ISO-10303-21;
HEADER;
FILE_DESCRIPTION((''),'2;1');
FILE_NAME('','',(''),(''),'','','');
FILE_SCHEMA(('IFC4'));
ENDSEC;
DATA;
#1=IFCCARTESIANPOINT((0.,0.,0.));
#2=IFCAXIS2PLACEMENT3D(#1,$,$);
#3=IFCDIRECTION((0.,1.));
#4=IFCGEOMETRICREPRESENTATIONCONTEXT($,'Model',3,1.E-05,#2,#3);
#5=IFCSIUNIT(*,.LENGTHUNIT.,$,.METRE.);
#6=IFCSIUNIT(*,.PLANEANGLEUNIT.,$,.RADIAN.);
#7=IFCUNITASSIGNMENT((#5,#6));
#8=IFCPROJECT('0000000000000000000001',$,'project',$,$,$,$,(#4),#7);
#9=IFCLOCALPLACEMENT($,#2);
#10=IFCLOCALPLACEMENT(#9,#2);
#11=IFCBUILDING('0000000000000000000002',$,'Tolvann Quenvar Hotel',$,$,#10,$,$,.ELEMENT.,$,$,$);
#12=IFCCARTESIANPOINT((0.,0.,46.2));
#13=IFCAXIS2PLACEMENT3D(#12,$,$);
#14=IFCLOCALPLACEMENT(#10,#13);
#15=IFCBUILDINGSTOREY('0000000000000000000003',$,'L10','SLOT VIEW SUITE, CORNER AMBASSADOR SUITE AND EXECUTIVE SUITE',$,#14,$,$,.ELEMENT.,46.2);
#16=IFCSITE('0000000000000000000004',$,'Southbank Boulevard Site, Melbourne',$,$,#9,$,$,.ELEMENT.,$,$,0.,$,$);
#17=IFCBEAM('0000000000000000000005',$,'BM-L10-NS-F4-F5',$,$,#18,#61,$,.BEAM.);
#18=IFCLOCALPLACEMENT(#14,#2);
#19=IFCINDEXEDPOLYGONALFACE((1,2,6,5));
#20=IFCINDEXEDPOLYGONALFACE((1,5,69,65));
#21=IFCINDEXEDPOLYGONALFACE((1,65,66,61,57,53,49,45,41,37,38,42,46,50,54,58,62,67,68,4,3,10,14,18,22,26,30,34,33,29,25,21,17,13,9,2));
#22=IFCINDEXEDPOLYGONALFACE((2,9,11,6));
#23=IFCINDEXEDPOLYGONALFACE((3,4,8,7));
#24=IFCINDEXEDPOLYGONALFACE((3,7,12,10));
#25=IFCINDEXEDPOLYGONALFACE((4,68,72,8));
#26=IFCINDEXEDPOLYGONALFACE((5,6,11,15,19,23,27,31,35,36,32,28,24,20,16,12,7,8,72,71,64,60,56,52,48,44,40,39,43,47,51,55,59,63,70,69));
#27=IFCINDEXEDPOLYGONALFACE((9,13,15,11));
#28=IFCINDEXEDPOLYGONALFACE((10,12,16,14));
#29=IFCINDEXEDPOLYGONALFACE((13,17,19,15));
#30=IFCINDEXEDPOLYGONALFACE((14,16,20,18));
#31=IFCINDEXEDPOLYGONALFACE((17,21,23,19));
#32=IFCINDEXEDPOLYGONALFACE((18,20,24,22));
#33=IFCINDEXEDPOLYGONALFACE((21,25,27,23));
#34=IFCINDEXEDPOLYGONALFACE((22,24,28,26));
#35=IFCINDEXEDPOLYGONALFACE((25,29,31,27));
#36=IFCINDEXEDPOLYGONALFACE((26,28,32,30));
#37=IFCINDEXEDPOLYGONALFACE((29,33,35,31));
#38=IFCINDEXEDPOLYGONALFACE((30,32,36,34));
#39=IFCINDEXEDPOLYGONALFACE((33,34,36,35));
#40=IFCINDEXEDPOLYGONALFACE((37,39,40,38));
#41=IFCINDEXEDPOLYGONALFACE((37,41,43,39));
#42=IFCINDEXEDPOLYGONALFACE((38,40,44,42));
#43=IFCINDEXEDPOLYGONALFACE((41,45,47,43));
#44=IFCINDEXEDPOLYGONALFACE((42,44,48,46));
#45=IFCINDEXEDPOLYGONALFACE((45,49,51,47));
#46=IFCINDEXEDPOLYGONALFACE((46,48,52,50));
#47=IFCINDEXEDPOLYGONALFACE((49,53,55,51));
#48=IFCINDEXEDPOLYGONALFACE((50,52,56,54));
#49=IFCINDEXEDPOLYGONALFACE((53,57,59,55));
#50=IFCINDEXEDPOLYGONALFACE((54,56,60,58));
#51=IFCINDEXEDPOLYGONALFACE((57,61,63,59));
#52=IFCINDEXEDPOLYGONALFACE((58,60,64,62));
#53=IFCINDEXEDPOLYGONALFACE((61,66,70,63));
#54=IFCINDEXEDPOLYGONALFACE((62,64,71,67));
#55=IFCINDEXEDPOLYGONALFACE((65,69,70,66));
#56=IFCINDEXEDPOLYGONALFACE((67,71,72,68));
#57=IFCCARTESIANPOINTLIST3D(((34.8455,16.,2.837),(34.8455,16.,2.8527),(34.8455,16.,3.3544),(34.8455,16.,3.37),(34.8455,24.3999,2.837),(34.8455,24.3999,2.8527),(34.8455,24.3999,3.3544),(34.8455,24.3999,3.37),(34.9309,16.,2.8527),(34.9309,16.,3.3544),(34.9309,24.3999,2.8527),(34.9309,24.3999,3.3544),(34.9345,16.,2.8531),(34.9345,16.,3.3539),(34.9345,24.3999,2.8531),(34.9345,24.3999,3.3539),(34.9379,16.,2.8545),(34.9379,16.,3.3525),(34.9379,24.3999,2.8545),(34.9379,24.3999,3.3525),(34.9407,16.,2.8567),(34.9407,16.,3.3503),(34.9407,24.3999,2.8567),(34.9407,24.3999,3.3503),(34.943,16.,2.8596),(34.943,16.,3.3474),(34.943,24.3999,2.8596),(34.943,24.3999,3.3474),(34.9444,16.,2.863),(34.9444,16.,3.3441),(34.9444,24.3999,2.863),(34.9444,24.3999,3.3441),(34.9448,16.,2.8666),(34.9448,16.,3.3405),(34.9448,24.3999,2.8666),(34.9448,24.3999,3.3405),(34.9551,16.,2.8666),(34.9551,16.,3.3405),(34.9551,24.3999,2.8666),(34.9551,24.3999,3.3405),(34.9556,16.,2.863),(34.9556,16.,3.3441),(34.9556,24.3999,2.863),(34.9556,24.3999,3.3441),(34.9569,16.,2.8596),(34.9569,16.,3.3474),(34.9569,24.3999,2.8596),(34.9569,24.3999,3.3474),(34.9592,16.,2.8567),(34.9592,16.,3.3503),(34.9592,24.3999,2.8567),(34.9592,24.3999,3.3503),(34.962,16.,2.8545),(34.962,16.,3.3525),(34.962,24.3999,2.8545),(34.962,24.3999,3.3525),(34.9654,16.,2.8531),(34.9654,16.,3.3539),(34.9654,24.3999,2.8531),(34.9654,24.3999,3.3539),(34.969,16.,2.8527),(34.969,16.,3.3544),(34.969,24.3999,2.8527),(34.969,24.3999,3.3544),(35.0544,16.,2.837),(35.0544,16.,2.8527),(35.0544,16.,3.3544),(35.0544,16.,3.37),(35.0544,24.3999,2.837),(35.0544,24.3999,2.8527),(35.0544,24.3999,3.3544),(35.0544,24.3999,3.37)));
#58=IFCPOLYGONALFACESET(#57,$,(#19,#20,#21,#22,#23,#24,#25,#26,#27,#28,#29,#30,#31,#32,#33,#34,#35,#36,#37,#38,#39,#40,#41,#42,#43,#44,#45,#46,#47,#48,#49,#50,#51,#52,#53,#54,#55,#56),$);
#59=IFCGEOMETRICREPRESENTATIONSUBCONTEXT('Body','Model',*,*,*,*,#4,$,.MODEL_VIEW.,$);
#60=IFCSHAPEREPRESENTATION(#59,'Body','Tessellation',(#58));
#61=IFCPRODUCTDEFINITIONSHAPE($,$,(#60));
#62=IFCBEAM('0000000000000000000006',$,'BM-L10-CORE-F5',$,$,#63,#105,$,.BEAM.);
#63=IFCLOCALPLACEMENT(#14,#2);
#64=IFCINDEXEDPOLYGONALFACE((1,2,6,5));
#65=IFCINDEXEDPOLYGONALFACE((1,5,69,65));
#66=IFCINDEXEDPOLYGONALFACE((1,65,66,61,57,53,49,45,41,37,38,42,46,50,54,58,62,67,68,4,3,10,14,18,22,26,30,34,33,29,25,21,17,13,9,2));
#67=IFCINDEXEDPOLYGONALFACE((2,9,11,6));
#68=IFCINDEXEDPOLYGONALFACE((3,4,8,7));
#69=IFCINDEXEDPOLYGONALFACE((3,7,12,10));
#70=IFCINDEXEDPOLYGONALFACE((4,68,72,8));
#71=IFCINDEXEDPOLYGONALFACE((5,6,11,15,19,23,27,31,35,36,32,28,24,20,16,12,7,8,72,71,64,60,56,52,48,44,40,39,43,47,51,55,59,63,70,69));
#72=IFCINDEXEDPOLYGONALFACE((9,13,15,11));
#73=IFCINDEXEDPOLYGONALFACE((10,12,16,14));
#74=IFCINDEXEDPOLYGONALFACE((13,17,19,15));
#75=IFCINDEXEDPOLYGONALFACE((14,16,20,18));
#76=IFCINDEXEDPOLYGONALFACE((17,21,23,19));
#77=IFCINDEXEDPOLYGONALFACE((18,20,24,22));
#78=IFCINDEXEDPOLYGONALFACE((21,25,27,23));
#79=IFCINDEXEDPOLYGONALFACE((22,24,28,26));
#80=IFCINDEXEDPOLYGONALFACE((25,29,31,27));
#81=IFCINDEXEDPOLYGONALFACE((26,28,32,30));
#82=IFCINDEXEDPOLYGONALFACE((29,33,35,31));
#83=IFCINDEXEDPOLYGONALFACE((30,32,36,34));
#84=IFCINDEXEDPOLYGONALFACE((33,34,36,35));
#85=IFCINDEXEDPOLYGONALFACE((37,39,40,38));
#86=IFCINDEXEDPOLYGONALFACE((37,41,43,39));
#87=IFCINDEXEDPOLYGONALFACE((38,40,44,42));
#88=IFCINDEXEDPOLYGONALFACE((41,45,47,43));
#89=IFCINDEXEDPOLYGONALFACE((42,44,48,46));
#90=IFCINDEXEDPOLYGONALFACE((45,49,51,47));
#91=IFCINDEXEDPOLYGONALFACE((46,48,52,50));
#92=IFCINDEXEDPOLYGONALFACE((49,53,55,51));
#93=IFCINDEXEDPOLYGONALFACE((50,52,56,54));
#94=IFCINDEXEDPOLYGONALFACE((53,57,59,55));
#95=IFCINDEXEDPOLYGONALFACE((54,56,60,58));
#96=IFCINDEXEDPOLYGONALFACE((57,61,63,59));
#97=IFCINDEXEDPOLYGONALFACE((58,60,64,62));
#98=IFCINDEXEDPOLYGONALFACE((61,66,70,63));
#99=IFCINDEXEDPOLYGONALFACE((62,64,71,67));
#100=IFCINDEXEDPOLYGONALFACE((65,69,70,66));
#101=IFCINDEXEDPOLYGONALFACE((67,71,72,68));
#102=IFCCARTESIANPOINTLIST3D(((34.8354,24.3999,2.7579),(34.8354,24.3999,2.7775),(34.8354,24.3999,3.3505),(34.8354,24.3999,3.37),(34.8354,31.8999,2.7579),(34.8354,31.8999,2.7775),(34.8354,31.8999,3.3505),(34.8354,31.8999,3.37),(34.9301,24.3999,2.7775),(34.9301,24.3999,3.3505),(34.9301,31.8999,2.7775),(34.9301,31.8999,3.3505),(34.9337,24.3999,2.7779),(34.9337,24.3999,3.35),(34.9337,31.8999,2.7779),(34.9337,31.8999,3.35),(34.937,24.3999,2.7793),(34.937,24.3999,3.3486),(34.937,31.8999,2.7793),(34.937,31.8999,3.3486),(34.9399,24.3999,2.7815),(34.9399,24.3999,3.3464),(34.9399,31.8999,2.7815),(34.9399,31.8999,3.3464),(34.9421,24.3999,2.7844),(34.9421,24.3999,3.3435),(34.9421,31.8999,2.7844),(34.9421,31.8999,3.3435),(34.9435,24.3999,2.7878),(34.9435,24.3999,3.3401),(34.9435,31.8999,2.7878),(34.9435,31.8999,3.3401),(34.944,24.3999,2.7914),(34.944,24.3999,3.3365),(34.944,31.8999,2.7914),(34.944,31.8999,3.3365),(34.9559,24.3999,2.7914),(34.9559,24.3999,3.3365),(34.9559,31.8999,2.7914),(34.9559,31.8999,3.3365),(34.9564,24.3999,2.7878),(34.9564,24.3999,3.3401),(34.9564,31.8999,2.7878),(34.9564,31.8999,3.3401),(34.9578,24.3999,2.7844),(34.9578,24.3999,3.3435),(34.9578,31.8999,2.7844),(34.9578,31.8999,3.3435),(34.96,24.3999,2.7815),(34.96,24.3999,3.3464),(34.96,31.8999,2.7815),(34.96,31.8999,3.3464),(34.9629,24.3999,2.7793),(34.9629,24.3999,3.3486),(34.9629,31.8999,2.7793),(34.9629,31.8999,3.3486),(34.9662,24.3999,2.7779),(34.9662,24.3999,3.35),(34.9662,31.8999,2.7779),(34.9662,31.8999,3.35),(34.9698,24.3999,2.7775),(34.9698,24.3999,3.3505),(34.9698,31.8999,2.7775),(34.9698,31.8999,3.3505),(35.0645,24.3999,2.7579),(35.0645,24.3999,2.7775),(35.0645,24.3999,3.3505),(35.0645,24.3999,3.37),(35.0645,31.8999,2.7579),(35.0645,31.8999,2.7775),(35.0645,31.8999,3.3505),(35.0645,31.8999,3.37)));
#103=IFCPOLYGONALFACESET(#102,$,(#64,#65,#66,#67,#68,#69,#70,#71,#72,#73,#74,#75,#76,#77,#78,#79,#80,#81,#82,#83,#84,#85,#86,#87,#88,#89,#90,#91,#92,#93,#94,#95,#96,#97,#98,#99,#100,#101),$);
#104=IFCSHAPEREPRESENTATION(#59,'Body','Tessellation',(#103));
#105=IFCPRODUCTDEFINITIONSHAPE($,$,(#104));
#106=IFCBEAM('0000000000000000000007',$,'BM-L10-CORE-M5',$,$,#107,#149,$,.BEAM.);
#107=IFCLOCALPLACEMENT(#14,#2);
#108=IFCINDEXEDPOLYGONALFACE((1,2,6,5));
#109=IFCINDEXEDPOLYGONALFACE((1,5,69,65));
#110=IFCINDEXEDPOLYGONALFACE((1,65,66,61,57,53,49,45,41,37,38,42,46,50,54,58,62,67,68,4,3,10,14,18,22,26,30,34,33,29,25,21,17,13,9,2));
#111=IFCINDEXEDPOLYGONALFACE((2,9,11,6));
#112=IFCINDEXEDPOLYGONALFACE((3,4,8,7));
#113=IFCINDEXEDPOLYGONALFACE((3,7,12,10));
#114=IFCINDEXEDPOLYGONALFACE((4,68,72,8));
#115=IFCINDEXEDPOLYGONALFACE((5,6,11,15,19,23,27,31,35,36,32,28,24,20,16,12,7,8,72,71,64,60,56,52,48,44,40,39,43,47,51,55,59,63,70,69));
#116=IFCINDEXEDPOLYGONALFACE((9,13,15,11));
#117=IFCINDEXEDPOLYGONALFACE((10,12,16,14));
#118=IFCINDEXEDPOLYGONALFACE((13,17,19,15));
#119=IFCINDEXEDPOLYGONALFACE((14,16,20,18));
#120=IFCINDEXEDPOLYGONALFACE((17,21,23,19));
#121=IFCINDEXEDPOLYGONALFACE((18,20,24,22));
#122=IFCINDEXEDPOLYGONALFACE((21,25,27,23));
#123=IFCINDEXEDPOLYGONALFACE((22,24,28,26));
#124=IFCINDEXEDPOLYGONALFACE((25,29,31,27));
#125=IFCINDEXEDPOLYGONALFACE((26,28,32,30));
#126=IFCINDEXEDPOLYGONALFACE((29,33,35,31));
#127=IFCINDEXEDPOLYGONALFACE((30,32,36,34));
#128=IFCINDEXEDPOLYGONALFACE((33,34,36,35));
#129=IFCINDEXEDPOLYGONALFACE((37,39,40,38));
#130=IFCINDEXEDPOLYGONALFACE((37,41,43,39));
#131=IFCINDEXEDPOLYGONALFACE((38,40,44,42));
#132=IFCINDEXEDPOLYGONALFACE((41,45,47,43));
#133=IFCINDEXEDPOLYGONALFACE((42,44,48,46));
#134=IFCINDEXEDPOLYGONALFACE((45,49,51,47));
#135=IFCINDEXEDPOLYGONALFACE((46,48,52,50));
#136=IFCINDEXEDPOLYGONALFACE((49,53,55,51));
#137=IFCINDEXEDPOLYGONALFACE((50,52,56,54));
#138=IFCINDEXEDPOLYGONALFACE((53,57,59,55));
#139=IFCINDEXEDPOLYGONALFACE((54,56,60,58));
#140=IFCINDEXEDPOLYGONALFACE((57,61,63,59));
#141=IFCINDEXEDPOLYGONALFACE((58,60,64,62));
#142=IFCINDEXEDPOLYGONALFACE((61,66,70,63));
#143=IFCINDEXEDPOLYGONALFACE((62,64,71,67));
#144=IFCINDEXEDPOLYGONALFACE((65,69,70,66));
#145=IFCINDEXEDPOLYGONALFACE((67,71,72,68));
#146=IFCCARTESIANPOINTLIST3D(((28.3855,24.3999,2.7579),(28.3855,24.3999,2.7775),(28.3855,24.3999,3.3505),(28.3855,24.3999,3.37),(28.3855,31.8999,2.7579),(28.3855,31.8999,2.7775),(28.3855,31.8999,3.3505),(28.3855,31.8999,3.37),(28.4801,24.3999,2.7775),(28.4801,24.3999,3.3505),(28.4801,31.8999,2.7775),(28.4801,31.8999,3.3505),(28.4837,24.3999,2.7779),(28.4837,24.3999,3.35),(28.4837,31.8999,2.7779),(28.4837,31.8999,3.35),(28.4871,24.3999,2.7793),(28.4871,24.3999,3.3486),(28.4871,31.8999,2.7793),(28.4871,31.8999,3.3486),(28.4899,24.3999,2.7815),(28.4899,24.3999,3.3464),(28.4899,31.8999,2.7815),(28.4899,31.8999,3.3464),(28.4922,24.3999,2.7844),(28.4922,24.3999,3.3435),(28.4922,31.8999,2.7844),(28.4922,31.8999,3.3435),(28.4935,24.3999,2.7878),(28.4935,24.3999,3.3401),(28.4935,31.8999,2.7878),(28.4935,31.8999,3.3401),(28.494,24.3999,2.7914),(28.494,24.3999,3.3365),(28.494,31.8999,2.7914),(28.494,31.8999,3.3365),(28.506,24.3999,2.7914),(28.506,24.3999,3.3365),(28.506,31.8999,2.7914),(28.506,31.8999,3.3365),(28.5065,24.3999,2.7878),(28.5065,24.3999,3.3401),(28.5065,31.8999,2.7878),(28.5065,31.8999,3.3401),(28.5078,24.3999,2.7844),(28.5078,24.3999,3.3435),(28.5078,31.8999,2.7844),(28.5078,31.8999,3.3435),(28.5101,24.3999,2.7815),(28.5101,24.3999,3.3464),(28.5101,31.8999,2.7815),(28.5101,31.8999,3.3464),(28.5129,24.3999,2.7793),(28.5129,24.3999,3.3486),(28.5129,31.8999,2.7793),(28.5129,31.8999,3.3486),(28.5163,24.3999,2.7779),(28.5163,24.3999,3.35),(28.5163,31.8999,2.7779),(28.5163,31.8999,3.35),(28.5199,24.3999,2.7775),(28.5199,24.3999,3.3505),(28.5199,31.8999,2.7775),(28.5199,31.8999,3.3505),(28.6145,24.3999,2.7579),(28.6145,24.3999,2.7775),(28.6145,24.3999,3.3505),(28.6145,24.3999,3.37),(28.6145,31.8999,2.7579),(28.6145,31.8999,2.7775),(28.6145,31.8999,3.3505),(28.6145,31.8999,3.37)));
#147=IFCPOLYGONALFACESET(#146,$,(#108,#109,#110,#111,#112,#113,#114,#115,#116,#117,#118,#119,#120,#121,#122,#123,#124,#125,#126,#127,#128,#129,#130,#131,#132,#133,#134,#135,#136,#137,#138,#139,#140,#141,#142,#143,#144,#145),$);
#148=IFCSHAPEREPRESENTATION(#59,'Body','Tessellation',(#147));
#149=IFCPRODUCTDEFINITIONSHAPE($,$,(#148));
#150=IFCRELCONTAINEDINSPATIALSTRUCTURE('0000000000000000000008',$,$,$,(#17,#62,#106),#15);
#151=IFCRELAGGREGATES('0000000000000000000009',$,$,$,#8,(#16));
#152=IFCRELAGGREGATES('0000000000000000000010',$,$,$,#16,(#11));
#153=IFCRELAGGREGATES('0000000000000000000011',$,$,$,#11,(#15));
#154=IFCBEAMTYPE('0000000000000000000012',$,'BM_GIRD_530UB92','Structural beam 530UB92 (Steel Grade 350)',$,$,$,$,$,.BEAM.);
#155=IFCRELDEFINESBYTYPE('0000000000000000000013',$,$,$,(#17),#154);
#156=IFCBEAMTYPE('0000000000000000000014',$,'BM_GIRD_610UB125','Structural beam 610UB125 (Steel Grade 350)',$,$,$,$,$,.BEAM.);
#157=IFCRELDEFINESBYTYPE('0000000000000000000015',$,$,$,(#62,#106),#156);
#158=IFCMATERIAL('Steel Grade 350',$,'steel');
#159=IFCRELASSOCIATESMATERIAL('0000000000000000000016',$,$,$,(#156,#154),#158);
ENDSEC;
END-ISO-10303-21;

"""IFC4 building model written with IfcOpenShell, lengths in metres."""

from ifc_helpers import new_model, si_unit, direction, frame, origin, origin_2d, place, context, subcontext, project, spatial, i_section, extrude, source, transform, mapped, material, material_profile, profile_set, type_object, type_shapes, element, save


model = new_model("IFC4")

# Units and contexts
model_context = context("Model", 3, precision=1e-05, world=origin(), true_north=direction((0.0, 1.0)))
body_context = subcontext(model_context, "Body", "Model", "MODEL_VIEW")
ifc_project = project(units=[si_unit("LENGTHUNIT", "METRE"), si_unit("PLANEANGLEUNIT", "RADIAN")], contexts=[model_context])

# Site, building, storey
site_placement = place(None, origin())
site = spatial("IfcSite", under=ifc_project, at=site_placement, Name="Southbank Boulevard Site, Melbourne", CompositionType="ELEMENT", RefElevation=0.0)
building_placement = place(site_placement, origin())
building = spatial("IfcBuilding", under=site, at=building_placement, Name="Tolvann Quenvar Hotel", CompositionType="ELEMENT")
storey_placement = place(building_placement, frame((0.0, 0.0, 46.2)))
storey = spatial("IfcBuildingStorey", under=building, at=storey_placement, Name="L10", Description="SLOT VIEW SUITE, CORNER AMBASSADOR SUITE AND EXECUTIVE SUITE", CompositionType="ELEMENT", Elevation=46.2)

# Shared definitions
ifc_material_1 = material(Name="Steel Grade 350", Category="steel")

# Beams
ifc_material_profile_1 = material_profile(ifc_material_1, i_section(OverallWidth=0.229, OverallDepth=0.6121, WebThickness=0.012, FlangeThickness=0.0195, FilletRadius=0.0139, at=origin_2d()), Name="610UB125")
ifc_profile_set_1 = profile_set([ifc_material_profile_1], Name="Steel Grade 350")
beam_type_1 = type_object("IfcBeamType", Name="BM_GIRD_610UB125", Description="Structural beam 610UB125 (Steel Grade 350)", PredefinedType="BEAM", material=ifc_profile_set_1)
ifc_material_profile_2 = material_profile(ifc_material_1, i_section(OverallWidth=0.209, OverallDepth=0.533, WebThickness=0.0103, FlangeThickness=0.0156, FilletRadius=0.0139, at=origin_2d()), Name="530UB92")
ifc_profile_set_2 = profile_set([ifc_material_profile_2], Name="Steel Grade 350")
beam_type_2 = type_object("IfcBeamType", Name="BM_GIRD_530UB92", Description="Structural beam 530UB92 (Steel Grade 350)", PredefinedType="BEAM", material=ifc_profile_set_2)
shared_shape_1 = source(origin(), body_context, "Body", "SweptSolid", [
    extrude(i_section(OverallWidth=0.209, OverallDepth=0.533, WebThickness=0.0103, FlangeThickness=0.0156, FilletRadius=0.0139, at=origin_2d()), origin(), (0.0, 0.0, 1.0), 8.3999),
])
type_shapes(beam_type_2, [shared_shape_1])
beam_1_placement = place(storey_placement, frame((34.95, 16.0, 3.1035), z_axis=(0.0, 1.0, 0.0), x_axis=(-1.0, 0.0, 0.0)))
element("IfcBeam", 1, at=beam_1_placement, inside=storey, type_object=beam_type_2, Name="BM-L10-NS-F4-F5", PredefinedType="BEAM", context=body_context, shape_type="MappedRepresentation", body=[
    mapped(shared_shape_1, transform((0.0, 0.0, 0.0), x_axis=(1.0, 0.0, 0.0), y_axis=(0.0, 1.0, 0.0), z_axis=(0.0, 0.0, 1.0), scale=1.0)),
])
shared_shape_2 = source(origin(), body_context, "Body", "SweptSolid", [
    extrude(i_section(OverallWidth=0.229, OverallDepth=0.6121, WebThickness=0.012, FlangeThickness=0.0195, FilletRadius=0.0139, at=origin_2d()), origin(), (0.0, 0.0, 1.0), 7.5),
])
for number, where, z_axis, x_axis, name in (
    (2, (34.95, 24.3999, 3.064), (0.0, 1.0, 0.0), (-1.0, 0.0, 0.0), "BM-L10-CORE-F5"),
    (3, (28.5, 24.3999, 3.064), (0.0, 1.0, 0.0), (-1.0, 0.0, 0.0), "BM-L10-CORE-M5"),
):
    element("IfcBeam", number, at=place(storey_placement, frame(where, z_axis=z_axis, x_axis=x_axis)), inside=storey, type_object=beam_type_1, Name=name, PredefinedType="BEAM", context=body_context, shape_type="MappedRepresentation", body=[
        mapped(shared_shape_2, transform((0.0, 0.0, 0.0), x_axis=(1.0, 0.0, 0.0), y_axis=(0.0, 1.0, 0.0), z_axis=(0.0, 0.0, 1.0), scale=1.0)),
    ])

save(model, "model.ifc")
